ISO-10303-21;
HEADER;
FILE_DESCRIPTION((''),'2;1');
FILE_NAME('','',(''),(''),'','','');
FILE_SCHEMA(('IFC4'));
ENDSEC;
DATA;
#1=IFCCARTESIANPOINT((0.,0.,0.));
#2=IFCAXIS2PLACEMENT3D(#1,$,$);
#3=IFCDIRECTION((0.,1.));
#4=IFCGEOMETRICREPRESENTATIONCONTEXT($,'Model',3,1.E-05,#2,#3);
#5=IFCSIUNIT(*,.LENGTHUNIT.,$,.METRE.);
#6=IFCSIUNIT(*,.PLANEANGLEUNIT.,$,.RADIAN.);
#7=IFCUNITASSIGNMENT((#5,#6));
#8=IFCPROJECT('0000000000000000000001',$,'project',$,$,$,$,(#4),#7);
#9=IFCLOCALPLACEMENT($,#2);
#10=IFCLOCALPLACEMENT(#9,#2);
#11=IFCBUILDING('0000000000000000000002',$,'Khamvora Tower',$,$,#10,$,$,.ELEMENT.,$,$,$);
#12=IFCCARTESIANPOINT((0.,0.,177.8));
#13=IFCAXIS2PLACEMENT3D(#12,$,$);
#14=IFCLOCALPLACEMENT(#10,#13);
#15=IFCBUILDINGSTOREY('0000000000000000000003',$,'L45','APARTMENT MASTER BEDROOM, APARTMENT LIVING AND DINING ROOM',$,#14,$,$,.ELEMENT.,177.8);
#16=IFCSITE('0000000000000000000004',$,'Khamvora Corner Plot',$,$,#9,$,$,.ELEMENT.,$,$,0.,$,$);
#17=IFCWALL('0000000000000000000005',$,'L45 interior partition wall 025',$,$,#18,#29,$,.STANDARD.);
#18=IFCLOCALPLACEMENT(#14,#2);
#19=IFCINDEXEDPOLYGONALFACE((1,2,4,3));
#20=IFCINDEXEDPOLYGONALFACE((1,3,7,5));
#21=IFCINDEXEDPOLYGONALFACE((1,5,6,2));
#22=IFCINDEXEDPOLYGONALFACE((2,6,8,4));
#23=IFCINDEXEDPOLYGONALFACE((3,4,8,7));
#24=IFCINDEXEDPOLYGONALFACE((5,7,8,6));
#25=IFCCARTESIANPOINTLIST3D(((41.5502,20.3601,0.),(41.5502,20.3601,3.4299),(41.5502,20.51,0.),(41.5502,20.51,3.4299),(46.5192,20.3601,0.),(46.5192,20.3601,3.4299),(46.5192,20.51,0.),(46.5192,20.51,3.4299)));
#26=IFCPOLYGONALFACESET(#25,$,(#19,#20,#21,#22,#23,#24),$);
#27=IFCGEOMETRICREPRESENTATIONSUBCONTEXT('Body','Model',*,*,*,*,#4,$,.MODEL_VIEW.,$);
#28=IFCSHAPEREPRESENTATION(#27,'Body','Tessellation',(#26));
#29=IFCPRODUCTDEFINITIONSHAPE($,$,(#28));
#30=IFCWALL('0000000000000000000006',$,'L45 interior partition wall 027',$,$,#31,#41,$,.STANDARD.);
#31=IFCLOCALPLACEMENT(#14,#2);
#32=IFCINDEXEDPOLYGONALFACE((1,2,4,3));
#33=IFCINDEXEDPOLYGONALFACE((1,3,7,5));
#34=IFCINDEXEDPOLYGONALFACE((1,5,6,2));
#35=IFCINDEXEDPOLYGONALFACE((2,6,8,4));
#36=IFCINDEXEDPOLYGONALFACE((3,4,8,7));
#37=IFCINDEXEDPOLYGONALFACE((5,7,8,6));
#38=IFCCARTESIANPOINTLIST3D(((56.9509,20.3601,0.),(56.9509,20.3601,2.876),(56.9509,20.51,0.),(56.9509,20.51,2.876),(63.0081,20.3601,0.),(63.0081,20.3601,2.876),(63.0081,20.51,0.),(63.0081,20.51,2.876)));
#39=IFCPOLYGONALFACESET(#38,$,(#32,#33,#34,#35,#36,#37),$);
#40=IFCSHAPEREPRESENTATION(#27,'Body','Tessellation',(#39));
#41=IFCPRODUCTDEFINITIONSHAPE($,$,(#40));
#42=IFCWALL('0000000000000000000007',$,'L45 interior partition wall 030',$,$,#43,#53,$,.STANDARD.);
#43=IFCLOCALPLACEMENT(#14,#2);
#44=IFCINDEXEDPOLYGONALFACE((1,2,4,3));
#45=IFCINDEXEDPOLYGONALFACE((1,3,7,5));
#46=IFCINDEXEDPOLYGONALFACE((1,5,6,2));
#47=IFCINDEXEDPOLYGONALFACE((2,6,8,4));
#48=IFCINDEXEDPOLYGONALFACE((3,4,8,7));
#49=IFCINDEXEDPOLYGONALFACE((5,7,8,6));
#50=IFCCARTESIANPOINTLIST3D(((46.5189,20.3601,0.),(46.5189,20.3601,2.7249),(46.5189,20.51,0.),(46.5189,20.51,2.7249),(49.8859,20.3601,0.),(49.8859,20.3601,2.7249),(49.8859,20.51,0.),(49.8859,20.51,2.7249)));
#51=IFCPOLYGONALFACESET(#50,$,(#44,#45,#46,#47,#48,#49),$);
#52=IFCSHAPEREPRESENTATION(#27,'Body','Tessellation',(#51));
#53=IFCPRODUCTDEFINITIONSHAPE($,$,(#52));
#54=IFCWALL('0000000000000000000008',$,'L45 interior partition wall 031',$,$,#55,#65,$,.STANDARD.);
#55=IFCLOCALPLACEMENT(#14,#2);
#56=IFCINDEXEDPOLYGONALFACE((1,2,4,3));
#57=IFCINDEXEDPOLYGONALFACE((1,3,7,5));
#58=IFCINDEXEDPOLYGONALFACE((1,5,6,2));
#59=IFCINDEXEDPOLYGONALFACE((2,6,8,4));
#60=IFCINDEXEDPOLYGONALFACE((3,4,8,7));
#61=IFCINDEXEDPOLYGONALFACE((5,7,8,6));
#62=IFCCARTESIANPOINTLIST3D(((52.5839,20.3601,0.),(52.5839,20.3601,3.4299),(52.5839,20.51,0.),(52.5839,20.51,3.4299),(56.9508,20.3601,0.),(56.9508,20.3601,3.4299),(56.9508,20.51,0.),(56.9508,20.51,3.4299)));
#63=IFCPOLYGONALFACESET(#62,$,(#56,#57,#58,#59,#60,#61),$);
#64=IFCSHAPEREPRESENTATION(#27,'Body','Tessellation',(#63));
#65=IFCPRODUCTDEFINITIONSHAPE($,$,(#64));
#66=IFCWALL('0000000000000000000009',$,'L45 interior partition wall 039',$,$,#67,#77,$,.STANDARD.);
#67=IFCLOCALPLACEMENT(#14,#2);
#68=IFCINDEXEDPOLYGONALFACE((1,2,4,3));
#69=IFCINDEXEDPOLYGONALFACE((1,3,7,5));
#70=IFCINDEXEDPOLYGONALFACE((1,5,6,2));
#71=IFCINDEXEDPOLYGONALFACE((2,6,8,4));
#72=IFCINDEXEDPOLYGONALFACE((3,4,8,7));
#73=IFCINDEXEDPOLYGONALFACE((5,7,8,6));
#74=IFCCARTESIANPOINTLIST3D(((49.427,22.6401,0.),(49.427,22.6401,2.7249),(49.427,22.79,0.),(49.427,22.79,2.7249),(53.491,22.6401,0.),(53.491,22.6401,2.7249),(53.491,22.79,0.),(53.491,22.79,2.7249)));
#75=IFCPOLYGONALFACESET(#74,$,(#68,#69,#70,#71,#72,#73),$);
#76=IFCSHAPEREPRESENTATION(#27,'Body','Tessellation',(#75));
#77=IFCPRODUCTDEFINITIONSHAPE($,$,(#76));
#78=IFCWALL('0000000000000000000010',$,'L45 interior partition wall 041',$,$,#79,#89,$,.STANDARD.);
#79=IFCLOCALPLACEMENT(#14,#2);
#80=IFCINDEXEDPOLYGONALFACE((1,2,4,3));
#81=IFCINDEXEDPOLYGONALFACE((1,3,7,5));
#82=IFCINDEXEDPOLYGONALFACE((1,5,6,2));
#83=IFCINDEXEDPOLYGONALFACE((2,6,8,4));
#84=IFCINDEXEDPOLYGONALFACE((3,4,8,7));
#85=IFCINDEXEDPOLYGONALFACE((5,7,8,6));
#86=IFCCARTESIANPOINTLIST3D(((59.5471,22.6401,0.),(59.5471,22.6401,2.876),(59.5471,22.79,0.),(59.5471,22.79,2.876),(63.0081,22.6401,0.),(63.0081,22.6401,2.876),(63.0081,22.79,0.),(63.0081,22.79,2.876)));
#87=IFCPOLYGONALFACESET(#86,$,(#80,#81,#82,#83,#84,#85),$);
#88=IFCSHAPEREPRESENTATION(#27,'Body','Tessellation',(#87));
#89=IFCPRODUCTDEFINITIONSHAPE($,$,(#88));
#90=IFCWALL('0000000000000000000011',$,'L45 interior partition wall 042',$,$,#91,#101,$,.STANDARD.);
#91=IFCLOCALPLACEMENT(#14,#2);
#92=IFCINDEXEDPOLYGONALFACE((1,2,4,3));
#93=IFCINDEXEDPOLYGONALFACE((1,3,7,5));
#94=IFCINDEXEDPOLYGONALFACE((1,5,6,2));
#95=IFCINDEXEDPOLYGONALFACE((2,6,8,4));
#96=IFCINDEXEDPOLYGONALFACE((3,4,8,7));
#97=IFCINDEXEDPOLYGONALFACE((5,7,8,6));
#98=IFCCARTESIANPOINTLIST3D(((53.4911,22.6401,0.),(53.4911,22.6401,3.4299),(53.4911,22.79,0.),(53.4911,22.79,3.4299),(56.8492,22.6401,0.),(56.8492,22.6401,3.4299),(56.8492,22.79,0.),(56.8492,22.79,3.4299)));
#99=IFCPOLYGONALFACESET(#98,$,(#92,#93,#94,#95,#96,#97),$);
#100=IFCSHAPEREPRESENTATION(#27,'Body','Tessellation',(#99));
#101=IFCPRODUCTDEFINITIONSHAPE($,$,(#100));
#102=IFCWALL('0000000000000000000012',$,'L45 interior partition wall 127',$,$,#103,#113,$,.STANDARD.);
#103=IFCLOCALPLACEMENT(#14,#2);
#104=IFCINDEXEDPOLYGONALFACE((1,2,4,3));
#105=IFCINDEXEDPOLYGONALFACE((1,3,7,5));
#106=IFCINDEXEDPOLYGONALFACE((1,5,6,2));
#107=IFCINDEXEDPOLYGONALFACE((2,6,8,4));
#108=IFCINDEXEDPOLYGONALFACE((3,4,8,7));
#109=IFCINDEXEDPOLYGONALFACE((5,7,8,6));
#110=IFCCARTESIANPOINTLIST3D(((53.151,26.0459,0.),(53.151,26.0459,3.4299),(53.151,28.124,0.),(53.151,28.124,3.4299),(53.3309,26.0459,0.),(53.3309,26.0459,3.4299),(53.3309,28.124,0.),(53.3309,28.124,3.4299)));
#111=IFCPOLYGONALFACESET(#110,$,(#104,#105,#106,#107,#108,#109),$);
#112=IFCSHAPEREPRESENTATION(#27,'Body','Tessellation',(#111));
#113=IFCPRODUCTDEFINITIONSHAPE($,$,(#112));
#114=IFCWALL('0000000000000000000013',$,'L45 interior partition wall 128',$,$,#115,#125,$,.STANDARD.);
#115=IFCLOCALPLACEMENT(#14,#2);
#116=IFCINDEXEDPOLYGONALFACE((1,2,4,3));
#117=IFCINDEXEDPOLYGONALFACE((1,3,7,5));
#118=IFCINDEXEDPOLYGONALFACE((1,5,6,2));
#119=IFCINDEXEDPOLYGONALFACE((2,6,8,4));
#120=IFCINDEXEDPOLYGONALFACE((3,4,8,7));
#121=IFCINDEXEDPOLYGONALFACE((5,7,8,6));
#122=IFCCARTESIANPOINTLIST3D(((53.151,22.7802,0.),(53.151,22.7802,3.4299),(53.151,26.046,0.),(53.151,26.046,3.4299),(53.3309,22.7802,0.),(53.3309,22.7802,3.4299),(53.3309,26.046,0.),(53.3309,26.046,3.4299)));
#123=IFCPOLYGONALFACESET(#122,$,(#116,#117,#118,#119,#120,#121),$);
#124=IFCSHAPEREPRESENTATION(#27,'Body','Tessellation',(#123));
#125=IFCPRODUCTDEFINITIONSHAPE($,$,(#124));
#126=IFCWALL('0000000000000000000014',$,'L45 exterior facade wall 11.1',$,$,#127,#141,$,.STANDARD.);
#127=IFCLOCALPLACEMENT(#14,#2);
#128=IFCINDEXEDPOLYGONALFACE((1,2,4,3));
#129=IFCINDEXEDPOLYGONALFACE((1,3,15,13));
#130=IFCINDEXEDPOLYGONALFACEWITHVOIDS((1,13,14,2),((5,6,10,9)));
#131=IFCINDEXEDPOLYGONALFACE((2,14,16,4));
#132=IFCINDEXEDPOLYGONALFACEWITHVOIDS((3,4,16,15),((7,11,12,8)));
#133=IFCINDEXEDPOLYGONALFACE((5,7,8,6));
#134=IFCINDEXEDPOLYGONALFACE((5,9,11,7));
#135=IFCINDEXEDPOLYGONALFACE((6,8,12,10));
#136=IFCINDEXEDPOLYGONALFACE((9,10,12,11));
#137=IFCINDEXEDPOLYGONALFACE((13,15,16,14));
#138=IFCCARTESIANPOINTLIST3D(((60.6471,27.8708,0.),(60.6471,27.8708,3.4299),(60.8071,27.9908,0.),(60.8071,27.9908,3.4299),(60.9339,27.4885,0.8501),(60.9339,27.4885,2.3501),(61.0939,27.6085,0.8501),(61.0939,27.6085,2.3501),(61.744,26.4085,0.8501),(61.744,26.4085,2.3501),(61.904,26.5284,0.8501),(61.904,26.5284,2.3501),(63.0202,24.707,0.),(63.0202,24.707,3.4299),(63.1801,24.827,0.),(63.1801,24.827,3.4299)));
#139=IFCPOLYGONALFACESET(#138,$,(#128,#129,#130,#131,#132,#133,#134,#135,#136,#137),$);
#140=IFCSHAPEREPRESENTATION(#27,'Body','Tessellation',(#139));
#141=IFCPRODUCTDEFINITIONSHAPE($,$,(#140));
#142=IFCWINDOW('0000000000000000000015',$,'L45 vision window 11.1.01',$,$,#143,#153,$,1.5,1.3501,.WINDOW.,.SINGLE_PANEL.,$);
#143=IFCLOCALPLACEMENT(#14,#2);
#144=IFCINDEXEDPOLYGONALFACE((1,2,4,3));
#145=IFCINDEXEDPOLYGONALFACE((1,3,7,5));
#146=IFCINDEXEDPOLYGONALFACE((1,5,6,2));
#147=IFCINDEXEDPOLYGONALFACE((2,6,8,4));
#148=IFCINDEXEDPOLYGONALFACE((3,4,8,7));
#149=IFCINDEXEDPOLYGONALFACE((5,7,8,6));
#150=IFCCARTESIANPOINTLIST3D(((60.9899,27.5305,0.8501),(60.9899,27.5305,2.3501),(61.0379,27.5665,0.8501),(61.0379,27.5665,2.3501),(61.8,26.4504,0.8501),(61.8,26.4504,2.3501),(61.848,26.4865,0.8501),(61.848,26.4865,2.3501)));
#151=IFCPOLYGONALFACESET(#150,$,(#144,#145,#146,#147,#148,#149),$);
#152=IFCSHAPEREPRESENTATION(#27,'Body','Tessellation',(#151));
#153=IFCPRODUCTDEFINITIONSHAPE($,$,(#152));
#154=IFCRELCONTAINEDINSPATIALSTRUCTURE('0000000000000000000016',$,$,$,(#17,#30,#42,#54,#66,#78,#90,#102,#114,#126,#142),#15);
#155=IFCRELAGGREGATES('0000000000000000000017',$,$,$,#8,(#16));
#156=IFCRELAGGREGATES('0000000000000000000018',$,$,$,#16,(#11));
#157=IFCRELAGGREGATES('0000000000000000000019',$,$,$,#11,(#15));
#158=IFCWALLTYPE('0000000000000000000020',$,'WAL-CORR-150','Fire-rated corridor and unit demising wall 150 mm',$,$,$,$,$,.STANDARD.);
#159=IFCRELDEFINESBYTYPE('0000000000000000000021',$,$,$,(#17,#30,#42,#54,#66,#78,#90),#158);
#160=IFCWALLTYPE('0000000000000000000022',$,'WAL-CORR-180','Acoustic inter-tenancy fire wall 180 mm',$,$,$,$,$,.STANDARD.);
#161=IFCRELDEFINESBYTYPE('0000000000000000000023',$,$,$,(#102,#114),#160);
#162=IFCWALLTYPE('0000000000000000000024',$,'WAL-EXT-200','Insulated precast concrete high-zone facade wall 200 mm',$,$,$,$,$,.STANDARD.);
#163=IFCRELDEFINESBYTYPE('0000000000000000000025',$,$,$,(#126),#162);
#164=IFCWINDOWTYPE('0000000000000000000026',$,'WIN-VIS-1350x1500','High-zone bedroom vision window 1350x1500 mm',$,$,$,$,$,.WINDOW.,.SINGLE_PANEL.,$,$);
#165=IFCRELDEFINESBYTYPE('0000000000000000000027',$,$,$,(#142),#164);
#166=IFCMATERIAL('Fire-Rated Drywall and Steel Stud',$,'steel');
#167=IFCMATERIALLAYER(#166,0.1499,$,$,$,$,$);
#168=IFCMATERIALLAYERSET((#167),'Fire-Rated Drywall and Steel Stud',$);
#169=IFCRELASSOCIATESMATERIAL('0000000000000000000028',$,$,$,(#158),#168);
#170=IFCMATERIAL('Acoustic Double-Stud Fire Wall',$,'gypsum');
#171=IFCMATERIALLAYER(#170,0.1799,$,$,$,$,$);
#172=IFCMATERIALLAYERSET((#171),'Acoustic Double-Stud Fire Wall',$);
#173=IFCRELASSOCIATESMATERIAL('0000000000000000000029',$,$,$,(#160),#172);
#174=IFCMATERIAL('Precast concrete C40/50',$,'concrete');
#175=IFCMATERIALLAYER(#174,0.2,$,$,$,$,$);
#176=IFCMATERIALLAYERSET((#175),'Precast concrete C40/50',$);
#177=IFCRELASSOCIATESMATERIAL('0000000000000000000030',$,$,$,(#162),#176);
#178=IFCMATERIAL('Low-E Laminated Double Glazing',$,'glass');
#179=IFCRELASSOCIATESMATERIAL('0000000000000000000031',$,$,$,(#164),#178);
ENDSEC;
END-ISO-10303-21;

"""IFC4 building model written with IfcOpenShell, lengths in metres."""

from ifc_helpers import new_model, si_unit, direction, frame, frame_2d, origin, place, context, subcontext, project, spatial, rectangle, extrude, material, layer, layer_set, type_object, element, fill, save


model = new_model("IFC4")

# Units and contexts
model_context = context("Model", 3, precision=1e-05, world=origin(), true_north=direction((0.0, 1.0)))
body_context = subcontext(model_context, "Body", "Model", "MODEL_VIEW")
ifc_project = project(units=[si_unit("LENGTHUNIT", "METRE"), si_unit("PLANEANGLEUNIT", "RADIAN")], contexts=[model_context])

# Site, building, storey
site_placement = place(None, origin())
site = spatial("IfcSite", under=ifc_project, at=site_placement, Name="Khamvora Corner Plot", CompositionType="ELEMENT", RefElevation=0.0)
building_placement = place(site_placement, origin())
building = spatial("IfcBuilding", under=site, at=building_placement, Name="Khamvora Tower", CompositionType="ELEMENT")
storey_placement = place(building_placement, frame((0.0, 0.0, 177.8)))
storey = spatial("IfcBuildingStorey", under=building, at=storey_placement, Name="L45", Description="APARTMENT MASTER BEDROOM, APARTMENT LIVING AND DINING ROOM", CompositionType="ELEMENT", Elevation=177.8)

# Walls
ifc_material_1 = material(Name="Fire-Rated Drywall and Steel Stud", Category="steel")
ifc_layer_1 = layer(ifc_material_1, 0.1499)
ifc_layer_set_1 = layer_set([ifc_layer_1], Name="Fire-Rated Drywall and Steel Stud")
wall_type_1 = type_object("IfcWallType", Name="WAL-CORR-150", Description="Fire-rated corridor and unit demising wall 150 mm", PredefinedType="STANDARD", material=ifc_layer_set_1)
wall_1_placement = place(storey_placement, frame((46.519, 20.4351, 0.0), z_axis=(0.0, 0.0, 1.0), x_axis=(-1.0, 0.0, 0.0)))
element("IfcWall", 1, at=wall_1_placement, inside=storey, type_object=wall_type_1, Name="L45 interior partition wall 025", PredefinedType="STANDARD", context=body_context, shape_type="SweptSolid", body=[
    extrude(rectangle(XDim=4.969, YDim=0.1499, at=frame_2d((2.4844, 0.0))), origin(), (0.0, 0.0, 1.0), 3.4299),
])
wall_2_placement = place(storey_placement, frame((63.0081, 20.4351, 0.0), z_axis=(0.0, 0.0, 1.0), x_axis=(-1.0, 0.0, 0.0)))
element("IfcWall", 2, at=wall_2_placement, inside=storey, type_object=wall_type_1, Name="L45 interior partition wall 027", PredefinedType="STANDARD", context=body_context, shape_type="SweptSolid", body=[
    extrude(rectangle(XDim=6.0571, YDim=0.1499, at=frame_2d((3.0286, 0.0))), origin(), (0.0, 0.0, 1.0), 2.876),
])

# Walls
wall_3_placement = place(storey_placement, frame((49.886, 20.4351, 0.0), z_axis=(0.0, 0.0, 1.0), x_axis=(-1.0, 0.0, 0.0)))
element("IfcWall", 3, at=wall_3_placement, inside=storey, type_object=wall_type_1, Name="L45 interior partition wall 030", PredefinedType="STANDARD", context=body_context, shape_type="SweptSolid", body=[
    extrude(rectangle(XDim=3.3669, YDim=0.1499, at=frame_2d((1.6836, 0.0))), origin(), (0.0, 0.0, 1.0), 2.7249),
])
wall_4_placement = place(storey_placement, frame((56.9509, 20.4351, 0.0), z_axis=(0.0, 0.0, 1.0), x_axis=(-1.0, 0.0, 0.0)))
element("IfcWall", 4, at=wall_4_placement, inside=storey, type_object=wall_type_1, Name="L45 interior partition wall 031", PredefinedType="STANDARD", context=body_context, shape_type="SweptSolid", body=[
    extrude(rectangle(XDim=4.3669, YDim=0.1499, at=frame_2d((2.1836, 0.0))), origin(), (0.0, 0.0, 1.0), 3.4299),
])
wall_5_placement = place(storey_placement, frame((49.427, 22.7151, 0.0), z_axis=(0.0, 0.0, 1.0), x_axis=(1.0, 0.0, 0.0)))
element("IfcWall", 5, at=wall_5_placement, inside=storey, type_object=wall_type_1, Name="L45 interior partition wall 039", PredefinedType="STANDARD", context=body_context, shape_type="SweptSolid", body=[
    extrude(rectangle(XDim=4.064, YDim=0.1499, at=frame_2d((2.032, 0.0))), origin(), (0.0, 0.0, 1.0), 2.7249),
])

# Walls
wall_6_placement = place(storey_placement, frame((59.5471, 22.7151, 0.0), z_axis=(0.0, 0.0, 1.0), x_axis=(1.0, 0.0, 0.0)))
element("IfcWall", 6, at=wall_6_placement, inside=storey, type_object=wall_type_1, Name="L45 interior partition wall 041", PredefinedType="STANDARD", context=body_context, shape_type="SweptSolid", body=[
    extrude(rectangle(XDim=3.4609, YDim=0.1499, at=frame_2d((1.7305, 0.0))), origin(), (0.0, 0.0, 1.0), 2.876),
])
wall_7_placement = place(storey_placement, frame((53.491, 22.7151, 0.0), z_axis=(0.0, 0.0, 1.0), x_axis=(1.0, 0.0, 0.0)))
element("IfcWall", 7, at=wall_7_placement, inside=storey, type_object=wall_type_1, Name="L45 interior partition wall 042", PredefinedType="STANDARD", context=body_context, shape_type="SweptSolid", body=[
    extrude(rectangle(XDim=3.3582, YDim=0.1499, at=frame_2d((1.6792, 0.0))), origin(), (0.0, 0.0, 1.0), 3.4299),
])
ifc_material_2 = material(Name="Acoustic Double-Stud Fire Wall", Category="gypsum")
ifc_layer_2 = layer(ifc_material_2, 0.1799)
ifc_layer_set_2 = layer_set([ifc_layer_2], Name="Acoustic Double-Stud Fire Wall")
wall_type_2 = type_object("IfcWallType", Name="WAL-CORR-180", Description="Acoustic inter-tenancy fire wall 180 mm", PredefinedType="STANDARD", material=ifc_layer_set_2)
wall_8_placement = place(storey_placement, frame((53.241, 28.124, 0.0), z_axis=(0.0, 0.0, 1.0), x_axis=(0.0, -1.0, 0.0)))
element("IfcWall", 8, at=wall_8_placement, inside=storey, type_object=wall_type_2, Name="L45 interior partition wall 127", PredefinedType="STANDARD", context=body_context, shape_type="SweptSolid", body=[
    extrude(rectangle(XDim=2.0781, YDim=0.1799, at=frame_2d((1.0391, 0.0))), origin(), (0.0, 0.0, 1.0), 3.4299),
])
wall_9_placement = place(storey_placement, frame((53.241, 26.0459, 0.0), z_axis=(0.0, 0.0, 1.0), x_axis=(0.0, -1.0, 0.0)))
element("IfcWall", 9, at=wall_9_placement, inside=storey, type_object=wall_type_2, Name="L45 interior partition wall 128", PredefinedType="STANDARD", context=body_context, shape_type="SweptSolid", body=[
    extrude(rectangle(XDim=3.2659, YDim=0.1799, at=frame_2d((1.6328, 0.0))), origin(), (0.0, 0.0, 1.0), 3.4299),
])

# Wall, opening, window
ifc_material_3 = material(Name="Precast concrete C40/50", Category="concrete")
ifc_layer_3 = layer(ifc_material_3, 0.2)
ifc_layer_set_3 = layer_set([ifc_layer_3], Name="Precast concrete C40/50")
wall_type_3 = type_object("IfcWallType", Name="WAL-EXT-200", Description="Insulated precast concrete high-zone facade wall 200 mm", PredefinedType="STANDARD", material=ifc_layer_set_3)
wall_10_placement = place(storey_placement, frame((60.7271, 27.9309, 0.0), z_axis=(0.0, 0.0, 1.0), x_axis=(0.60003, -0.799978, 0.0)))
wall_10 = element("IfcWall", 10, at=wall_10_placement, inside=storey, type_object=wall_type_3, Name="L45 exterior facade wall 11.1", PredefinedType="STANDARD", context=body_context, shape_type="SweptSolid", body=[
    extrude(rectangle(XDim=3.9548, YDim=0.2, at=frame_2d((1.9775, 0.0))), origin(), (0.0, 0.0, 1.0), 3.4299),
])
opening_1_placement = place(wall_10_placement, frame((0.478, 0.0, 0.8501)))
opening_1 = element("IfcOpeningElement", 11, at=opening_1_placement, cuts=wall_10, PredefinedType="OPENING", context=body_context, shape_type="SweptSolid", body=[
    extrude(rectangle(XDim=1.3501, YDim=1.5, at=frame_2d((0.675, 0.75))), frame((0.0, 0.1099, 0.0), z_axis=(0.0, -1.0, 0.0), x_axis=(1.0, 0.0, 0.0)), (0.0, 0.0, 1.0), 0.22),
])
ifc_material_4 = material(Name="Low-E Laminated Double Glazing", Category="glass")
window_type_1 = type_object("IfcWindowType", Name="WIN-VIS-1350x1500", Description="High-zone bedroom vision window 1350x1500 mm", PartitioningType="SINGLE_PANEL", PredefinedType="WINDOW", material=ifc_material_4)
window_1_placement = place(opening_1_placement, origin())
window_1 = element("IfcWindow", 12, at=window_1_placement, inside=storey, type_object=window_type_1, Name="L45 vision window 11.1.01", OverallHeight=1.5, OverallWidth=1.3501, PartitioningType="SINGLE_PANEL", PredefinedType="WINDOW", context=body_context, shape_type="SweptSolid", body=[
    extrude(rectangle(XDim=1.3501, YDim=1.5, at=frame_2d((0.675, 0.75))), frame((0.0, 0.03, 0.0), z_axis=(0.0, -1.0, 0.0), x_axis=(1.0, 0.0, 0.0)), (0.0, 0.0, 1.0), 0.0601),
])
fill(opening_1, window_1)

save(model, "model.ifc")
